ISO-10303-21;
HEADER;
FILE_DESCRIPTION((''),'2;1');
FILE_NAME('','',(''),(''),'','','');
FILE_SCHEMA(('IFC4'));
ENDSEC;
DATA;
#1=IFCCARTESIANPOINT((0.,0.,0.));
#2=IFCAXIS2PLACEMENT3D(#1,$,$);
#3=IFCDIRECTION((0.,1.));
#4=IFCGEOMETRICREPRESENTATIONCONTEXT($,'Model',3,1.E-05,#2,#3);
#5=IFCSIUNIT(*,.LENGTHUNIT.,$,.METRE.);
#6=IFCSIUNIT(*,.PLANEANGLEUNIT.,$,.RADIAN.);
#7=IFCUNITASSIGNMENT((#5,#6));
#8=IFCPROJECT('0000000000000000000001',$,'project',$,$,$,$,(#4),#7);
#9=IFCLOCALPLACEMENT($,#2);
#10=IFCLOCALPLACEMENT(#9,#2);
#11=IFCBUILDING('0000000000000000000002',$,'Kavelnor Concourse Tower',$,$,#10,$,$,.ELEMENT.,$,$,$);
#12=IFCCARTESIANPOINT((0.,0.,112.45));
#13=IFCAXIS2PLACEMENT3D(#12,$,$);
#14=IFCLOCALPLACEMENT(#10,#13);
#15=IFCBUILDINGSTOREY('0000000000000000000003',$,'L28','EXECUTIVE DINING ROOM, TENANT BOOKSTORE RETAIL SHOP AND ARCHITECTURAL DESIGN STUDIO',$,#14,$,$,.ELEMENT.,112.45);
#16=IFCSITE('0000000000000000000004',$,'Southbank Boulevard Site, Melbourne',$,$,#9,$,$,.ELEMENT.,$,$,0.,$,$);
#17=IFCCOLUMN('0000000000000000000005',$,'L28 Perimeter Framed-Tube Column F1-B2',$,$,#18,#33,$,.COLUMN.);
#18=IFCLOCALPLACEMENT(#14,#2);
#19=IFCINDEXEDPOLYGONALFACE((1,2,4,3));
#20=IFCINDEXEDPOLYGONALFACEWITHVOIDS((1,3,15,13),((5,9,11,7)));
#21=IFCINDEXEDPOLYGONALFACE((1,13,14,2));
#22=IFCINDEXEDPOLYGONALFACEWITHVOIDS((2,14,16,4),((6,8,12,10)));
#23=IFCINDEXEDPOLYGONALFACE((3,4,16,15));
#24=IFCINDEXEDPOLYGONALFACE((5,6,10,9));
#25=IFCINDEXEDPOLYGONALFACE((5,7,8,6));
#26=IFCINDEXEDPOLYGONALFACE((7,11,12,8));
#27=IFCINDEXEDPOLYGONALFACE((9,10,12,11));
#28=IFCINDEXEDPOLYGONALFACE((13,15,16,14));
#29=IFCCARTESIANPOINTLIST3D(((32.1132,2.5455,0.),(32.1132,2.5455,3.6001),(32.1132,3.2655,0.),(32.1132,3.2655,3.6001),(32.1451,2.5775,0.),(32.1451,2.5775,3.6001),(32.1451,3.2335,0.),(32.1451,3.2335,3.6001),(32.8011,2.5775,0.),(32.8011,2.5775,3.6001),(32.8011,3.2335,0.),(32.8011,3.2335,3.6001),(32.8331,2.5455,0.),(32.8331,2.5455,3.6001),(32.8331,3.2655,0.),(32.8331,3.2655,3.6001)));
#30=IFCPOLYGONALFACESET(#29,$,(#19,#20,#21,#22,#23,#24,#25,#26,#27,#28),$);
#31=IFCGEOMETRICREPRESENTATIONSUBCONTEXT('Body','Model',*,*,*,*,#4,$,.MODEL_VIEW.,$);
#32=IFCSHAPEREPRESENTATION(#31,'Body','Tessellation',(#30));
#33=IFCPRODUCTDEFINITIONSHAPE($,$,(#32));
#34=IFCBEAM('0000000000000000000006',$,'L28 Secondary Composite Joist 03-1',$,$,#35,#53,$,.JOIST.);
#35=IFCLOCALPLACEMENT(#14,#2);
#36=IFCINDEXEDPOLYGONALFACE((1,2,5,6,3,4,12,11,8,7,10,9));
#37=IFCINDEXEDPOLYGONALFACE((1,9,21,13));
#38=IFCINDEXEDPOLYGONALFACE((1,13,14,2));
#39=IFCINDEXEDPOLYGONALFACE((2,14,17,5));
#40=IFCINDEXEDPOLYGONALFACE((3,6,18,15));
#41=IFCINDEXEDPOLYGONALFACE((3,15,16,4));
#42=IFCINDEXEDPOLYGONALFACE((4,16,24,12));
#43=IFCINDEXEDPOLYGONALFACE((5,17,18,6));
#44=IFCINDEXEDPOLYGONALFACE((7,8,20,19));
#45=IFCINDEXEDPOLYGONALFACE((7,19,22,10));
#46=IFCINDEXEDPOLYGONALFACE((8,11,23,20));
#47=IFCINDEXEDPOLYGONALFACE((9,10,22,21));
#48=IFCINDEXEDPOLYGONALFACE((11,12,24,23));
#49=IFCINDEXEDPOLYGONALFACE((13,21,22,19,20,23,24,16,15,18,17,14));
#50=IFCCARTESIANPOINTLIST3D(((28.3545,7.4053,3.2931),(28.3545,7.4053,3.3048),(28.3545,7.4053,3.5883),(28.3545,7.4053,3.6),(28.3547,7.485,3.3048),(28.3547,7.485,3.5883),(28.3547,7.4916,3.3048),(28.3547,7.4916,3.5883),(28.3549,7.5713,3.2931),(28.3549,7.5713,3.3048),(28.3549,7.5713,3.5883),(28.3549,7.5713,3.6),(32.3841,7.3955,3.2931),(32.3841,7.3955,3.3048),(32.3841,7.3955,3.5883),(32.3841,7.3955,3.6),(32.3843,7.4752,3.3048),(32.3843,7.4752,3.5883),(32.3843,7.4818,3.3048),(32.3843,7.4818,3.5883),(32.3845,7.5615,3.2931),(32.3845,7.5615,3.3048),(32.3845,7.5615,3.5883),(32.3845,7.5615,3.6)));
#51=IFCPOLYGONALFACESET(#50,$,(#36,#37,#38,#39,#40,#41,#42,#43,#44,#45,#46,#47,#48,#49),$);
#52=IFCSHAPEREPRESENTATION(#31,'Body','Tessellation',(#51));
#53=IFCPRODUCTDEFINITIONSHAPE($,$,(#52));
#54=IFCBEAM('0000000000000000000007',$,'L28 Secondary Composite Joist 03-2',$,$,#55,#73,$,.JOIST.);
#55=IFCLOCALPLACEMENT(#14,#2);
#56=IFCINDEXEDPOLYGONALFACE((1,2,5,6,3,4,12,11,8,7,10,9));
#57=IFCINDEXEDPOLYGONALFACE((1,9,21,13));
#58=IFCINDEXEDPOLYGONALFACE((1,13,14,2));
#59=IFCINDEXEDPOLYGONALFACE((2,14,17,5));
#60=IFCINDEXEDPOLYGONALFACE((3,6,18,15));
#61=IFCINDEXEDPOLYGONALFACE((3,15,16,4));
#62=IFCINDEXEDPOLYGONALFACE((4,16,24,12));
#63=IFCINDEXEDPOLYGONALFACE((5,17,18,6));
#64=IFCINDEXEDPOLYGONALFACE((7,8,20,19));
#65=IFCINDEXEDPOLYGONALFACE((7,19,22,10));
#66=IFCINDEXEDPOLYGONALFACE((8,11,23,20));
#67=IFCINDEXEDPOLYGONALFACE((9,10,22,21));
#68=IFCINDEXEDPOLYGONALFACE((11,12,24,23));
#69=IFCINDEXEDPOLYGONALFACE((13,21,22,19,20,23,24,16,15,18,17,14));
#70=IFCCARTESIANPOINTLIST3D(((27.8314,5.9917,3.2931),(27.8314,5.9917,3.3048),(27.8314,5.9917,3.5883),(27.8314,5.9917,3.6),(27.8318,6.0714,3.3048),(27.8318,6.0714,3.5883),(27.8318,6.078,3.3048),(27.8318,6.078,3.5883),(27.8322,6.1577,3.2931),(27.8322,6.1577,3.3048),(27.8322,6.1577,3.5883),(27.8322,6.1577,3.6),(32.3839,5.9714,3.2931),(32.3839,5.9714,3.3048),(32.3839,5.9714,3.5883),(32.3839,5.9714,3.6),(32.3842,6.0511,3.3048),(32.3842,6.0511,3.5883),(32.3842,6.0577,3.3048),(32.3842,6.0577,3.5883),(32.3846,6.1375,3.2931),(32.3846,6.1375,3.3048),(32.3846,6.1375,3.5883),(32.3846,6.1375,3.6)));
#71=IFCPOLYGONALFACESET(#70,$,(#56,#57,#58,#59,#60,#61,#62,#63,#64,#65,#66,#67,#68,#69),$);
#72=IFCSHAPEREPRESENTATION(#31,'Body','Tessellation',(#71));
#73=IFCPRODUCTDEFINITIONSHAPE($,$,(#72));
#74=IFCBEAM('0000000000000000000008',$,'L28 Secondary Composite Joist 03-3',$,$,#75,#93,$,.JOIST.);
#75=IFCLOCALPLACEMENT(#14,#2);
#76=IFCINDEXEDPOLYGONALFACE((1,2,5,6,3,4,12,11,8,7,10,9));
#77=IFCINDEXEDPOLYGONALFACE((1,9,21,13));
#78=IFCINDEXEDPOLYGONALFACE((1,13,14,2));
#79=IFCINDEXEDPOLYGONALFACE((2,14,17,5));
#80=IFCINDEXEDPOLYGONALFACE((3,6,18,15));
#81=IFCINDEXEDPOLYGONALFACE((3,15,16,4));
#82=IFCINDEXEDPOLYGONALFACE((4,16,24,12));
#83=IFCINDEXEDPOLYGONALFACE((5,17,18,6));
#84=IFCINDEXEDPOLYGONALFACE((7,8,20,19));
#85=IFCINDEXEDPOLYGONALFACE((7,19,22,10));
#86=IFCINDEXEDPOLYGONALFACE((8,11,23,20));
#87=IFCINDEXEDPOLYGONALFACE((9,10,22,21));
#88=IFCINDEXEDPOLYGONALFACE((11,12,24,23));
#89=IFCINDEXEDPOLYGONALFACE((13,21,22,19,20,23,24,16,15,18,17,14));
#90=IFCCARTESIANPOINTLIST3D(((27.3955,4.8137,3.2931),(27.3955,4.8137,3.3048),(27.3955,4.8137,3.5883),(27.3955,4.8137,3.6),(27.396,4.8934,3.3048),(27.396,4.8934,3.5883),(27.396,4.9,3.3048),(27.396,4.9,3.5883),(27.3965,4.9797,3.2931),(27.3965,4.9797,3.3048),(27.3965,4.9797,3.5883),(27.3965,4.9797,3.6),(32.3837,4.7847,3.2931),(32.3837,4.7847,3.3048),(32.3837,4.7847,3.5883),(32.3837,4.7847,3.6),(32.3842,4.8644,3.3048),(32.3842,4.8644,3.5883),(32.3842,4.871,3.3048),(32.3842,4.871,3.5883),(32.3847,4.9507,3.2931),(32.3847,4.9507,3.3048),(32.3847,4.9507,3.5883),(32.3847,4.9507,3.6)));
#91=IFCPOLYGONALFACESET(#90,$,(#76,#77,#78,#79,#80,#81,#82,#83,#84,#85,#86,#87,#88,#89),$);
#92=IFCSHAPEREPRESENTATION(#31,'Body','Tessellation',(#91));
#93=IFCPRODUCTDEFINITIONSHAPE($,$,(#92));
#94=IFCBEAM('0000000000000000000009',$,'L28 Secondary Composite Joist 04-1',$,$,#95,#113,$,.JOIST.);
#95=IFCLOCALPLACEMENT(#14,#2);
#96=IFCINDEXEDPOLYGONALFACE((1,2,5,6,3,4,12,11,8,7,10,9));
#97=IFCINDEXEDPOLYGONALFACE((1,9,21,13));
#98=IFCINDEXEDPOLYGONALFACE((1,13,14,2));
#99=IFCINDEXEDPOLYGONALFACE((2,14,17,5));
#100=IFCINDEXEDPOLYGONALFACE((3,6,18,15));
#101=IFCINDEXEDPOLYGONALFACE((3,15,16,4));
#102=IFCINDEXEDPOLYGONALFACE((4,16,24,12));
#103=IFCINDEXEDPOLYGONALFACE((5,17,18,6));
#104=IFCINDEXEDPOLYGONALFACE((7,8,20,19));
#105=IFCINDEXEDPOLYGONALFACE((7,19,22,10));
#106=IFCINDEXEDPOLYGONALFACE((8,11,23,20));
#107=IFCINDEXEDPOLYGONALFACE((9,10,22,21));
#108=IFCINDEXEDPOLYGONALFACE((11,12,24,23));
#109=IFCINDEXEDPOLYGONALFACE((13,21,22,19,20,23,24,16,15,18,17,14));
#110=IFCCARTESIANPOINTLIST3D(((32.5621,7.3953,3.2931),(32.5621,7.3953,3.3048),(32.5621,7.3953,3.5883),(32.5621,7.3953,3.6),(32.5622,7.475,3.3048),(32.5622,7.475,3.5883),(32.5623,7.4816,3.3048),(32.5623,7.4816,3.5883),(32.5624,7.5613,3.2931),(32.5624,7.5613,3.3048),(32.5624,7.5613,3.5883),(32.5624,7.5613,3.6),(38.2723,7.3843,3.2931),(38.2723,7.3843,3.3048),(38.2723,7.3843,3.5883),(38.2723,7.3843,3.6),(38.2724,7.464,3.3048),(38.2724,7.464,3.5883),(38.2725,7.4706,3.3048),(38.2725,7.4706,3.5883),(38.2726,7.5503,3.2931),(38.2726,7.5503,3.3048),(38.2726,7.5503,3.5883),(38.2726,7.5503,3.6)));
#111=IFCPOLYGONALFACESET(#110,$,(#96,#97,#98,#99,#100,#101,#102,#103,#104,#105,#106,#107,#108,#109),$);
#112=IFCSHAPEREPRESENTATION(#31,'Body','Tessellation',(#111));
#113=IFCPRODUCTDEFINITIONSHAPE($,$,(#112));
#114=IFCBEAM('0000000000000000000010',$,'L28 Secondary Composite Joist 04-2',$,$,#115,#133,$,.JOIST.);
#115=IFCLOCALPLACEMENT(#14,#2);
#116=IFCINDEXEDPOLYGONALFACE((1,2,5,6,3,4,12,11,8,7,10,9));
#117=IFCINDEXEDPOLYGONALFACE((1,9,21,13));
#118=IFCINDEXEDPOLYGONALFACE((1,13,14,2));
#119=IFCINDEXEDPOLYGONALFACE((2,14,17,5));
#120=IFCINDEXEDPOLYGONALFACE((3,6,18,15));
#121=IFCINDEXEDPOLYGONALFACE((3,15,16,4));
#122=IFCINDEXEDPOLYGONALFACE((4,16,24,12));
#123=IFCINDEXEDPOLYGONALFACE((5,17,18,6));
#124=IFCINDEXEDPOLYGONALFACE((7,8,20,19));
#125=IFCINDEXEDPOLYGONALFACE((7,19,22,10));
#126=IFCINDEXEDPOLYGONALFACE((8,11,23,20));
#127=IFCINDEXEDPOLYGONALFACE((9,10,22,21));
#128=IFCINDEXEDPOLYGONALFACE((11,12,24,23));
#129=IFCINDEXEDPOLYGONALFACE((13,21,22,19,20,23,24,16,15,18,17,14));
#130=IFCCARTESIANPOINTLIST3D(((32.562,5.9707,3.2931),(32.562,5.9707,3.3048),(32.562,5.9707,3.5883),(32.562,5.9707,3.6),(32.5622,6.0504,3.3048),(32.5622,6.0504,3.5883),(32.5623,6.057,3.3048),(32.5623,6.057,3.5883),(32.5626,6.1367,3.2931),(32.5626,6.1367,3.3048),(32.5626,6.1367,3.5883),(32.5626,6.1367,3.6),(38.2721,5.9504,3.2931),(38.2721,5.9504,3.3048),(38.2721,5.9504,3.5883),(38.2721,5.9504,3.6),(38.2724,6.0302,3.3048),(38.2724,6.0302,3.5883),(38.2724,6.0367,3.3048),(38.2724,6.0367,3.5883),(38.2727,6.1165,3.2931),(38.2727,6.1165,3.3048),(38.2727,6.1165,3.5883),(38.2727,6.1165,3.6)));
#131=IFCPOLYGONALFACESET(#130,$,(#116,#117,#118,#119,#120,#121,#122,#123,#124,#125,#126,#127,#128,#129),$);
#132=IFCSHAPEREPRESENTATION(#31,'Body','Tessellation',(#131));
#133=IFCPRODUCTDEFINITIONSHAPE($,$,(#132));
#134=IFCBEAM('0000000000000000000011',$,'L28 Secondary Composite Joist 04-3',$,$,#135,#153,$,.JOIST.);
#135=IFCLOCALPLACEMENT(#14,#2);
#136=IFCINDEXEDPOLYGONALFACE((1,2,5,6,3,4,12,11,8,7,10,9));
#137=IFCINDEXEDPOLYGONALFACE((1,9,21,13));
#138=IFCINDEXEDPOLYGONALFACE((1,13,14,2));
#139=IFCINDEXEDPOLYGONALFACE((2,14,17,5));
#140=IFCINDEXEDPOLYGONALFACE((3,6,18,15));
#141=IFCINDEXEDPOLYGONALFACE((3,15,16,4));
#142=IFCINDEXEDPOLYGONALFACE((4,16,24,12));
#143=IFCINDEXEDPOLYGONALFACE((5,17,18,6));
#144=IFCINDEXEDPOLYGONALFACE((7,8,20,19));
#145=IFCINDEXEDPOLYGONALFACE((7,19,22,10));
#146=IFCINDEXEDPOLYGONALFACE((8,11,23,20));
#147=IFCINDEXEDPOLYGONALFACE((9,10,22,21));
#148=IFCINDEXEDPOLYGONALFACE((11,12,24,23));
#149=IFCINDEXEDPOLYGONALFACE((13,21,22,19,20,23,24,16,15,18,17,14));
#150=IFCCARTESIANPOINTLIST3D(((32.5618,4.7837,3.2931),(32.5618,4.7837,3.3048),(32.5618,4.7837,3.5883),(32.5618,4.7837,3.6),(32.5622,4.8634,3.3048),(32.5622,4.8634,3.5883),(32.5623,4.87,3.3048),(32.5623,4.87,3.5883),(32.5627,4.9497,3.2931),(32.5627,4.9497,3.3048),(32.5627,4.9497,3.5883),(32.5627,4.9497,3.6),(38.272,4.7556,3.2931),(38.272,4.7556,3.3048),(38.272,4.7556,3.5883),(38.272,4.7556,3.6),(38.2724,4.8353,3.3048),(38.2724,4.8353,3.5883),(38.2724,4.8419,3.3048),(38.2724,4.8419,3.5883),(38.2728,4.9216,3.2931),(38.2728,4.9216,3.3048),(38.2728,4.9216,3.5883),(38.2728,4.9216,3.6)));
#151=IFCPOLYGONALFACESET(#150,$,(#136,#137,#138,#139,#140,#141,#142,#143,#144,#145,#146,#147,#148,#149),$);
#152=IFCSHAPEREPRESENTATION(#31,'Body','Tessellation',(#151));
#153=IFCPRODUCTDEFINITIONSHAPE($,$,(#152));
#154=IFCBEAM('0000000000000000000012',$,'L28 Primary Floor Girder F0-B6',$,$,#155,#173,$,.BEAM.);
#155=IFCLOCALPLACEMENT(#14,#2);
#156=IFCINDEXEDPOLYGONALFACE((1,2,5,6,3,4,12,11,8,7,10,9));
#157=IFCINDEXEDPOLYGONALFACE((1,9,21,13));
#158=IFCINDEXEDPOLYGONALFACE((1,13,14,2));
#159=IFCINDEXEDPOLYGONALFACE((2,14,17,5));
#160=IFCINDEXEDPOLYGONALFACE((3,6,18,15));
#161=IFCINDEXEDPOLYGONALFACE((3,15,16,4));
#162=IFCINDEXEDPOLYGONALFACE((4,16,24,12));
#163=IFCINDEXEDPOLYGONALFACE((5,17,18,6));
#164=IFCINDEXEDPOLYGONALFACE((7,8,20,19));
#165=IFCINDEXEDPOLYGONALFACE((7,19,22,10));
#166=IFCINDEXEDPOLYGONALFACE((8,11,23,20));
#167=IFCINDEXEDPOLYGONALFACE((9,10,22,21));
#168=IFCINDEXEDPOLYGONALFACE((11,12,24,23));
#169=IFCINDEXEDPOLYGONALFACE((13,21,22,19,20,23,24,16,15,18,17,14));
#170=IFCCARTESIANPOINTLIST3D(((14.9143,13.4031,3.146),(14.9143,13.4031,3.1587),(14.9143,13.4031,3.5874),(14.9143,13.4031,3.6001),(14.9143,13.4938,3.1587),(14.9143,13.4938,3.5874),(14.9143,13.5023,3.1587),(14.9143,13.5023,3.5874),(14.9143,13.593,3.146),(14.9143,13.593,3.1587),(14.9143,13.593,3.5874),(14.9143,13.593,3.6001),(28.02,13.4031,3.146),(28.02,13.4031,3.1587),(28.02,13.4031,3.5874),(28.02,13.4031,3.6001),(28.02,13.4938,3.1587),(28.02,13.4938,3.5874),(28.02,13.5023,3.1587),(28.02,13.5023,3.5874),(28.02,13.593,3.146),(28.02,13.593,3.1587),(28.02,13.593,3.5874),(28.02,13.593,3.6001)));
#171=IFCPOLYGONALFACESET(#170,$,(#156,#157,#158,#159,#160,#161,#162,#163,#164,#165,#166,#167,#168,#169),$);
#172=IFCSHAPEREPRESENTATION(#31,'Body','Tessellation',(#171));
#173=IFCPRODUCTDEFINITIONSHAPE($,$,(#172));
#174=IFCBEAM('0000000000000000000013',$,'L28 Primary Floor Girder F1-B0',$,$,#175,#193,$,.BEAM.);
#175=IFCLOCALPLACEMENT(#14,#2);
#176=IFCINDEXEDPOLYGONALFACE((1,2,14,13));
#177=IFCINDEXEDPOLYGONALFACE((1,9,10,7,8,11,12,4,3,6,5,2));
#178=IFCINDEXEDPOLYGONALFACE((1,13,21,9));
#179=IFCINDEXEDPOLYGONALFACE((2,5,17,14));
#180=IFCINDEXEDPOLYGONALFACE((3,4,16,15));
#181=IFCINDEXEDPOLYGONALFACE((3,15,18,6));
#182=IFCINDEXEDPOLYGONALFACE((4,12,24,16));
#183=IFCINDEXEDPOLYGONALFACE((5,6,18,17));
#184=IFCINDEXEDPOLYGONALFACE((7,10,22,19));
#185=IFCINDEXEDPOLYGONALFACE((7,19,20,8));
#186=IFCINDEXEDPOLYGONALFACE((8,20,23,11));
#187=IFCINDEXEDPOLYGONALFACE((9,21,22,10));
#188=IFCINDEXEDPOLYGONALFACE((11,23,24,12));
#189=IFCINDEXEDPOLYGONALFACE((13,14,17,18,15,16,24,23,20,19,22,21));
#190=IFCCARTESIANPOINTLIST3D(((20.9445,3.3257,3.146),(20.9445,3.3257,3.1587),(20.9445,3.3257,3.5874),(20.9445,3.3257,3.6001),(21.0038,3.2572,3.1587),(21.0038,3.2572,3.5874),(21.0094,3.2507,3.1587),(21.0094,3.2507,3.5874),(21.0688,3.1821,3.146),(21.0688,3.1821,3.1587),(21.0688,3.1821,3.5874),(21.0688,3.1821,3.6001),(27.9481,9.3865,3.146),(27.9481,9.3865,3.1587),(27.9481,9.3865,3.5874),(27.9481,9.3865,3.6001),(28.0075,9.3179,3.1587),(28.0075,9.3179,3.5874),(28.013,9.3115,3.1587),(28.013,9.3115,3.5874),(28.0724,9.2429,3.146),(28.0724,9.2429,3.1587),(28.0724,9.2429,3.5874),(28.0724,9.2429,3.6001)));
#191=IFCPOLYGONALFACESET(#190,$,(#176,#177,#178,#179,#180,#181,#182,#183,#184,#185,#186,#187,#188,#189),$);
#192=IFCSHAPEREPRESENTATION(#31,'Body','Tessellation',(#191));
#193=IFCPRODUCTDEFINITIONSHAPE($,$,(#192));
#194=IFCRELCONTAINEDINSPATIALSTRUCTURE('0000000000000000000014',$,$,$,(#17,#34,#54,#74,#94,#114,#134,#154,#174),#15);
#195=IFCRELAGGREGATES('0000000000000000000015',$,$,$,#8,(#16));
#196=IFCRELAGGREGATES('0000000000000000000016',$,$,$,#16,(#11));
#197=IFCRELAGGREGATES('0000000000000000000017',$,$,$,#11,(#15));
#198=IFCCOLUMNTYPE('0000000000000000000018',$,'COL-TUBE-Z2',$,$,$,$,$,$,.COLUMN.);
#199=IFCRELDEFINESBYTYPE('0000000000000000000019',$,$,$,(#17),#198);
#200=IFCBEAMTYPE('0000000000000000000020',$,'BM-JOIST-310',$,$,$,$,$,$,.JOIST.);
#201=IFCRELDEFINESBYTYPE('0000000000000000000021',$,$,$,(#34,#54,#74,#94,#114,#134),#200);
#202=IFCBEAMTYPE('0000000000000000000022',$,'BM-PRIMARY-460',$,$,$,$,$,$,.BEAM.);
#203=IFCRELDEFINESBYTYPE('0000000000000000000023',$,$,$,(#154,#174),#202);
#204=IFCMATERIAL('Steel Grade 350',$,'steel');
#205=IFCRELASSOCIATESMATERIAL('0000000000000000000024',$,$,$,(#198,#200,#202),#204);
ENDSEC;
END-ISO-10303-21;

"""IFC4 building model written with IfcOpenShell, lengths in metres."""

from ifc_helpers import new_model, si_unit, direction, frame, origin, origin_2d, place, context, subcontext, project, spatial, hollow_rectangle, i_section, extrude, material, material_profile, profile_set, type_object, element, save


model = new_model("IFC4")

# Units and contexts
model_context = context("Model", 3, precision=1e-05, world=origin(), true_north=direction((0.0, 1.0)))
body_context = subcontext(model_context, "Body", "Model", "MODEL_VIEW")
ifc_project = project(units=[si_unit("LENGTHUNIT", "METRE"), si_unit("PLANEANGLEUNIT", "RADIAN")], contexts=[model_context])

# Site, building, storey
site_placement = place(None, origin())
site = spatial("IfcSite", under=ifc_project, at=site_placement, Name="Southbank Boulevard Site, Melbourne", CompositionType="ELEMENT", RefElevation=0.0)
building_placement = place(site_placement, origin())
building = spatial("IfcBuilding", under=site, at=building_placement, Name="Kavelnor Concourse Tower", CompositionType="ELEMENT")
storey_placement = place(building_placement, frame((0.0, 0.0, 112.45)))
storey = spatial("IfcBuildingStorey", under=building, at=storey_placement, Name="L28", Description="EXECUTIVE DINING ROOM, TENANT BOOKSTORE RETAIL SHOP AND ARCHITECTURAL DESIGN STUDIO", CompositionType="ELEMENT", Elevation=112.45)

# Column
ifc_material_1 = material(Name="Steel Grade 350", Category="steel")
ifc_material_profile_1 = material_profile(ifc_material_1, hollow_rectangle(XDim=0.72, YDim=0.72, WallThickness=0.032, at=origin_2d()), Name="SHS 720x720x32")
ifc_profile_set_1 = profile_set([ifc_material_profile_1], Name="Steel Grade 350")
column_type = type_object("IfcColumnType", Name="COL-TUBE-Z2", PredefinedType="COLUMN", material=ifc_profile_set_1)
column_placement = place(storey_placement, frame((32.4731, 2.9055, 0.0), z_axis=(0.0, 0.0, 1.0), x_axis=(1.0, 0.0, 0.0)))
element("IfcColumn", 1, at=column_placement, inside=storey, type_object=column_type, Name="L28 Perimeter Framed-Tube Column F1-B2", PredefinedType="COLUMN", context=body_context, shape_type="SweptSolid", body=[
    extrude(hollow_rectangle(XDim=0.72, YDim=0.72, WallThickness=0.032, at=origin_2d()), origin(), (0.0, 0.0, 1.0), 3.6001),
])

# Beams
ifc_material_profile_2 = material_profile(ifc_material_1, i_section(OverallWidth=0.166, OverallDepth=0.3069, WebThickness=0.0066, FlangeThickness=0.0117, at=origin_2d()), Name="310UB46")
ifc_profile_set_2 = profile_set([ifc_material_profile_2], Name="Steel Grade 350")
beam_type_1 = type_object("IfcBeamType", Name="BM-JOIST-310", PredefinedType="JOIST", material=ifc_profile_set_2)
beam_1_placement = place(storey_placement, frame((28.3547, 7.4883, 3.4465), z_axis=(0.999997, -0.002424, 0.0), x_axis=(0.002424, 0.999997, 0.0)))
element("IfcBeam", 2, at=beam_1_placement, inside=storey, type_object=beam_type_1, Name="L28 Secondary Composite Joist 03-1", PredefinedType="JOIST", context=body_context, shape_type="SweptSolid", body=[
    extrude(i_section(OverallWidth=0.166, OverallDepth=0.3069, WebThickness=0.0066, FlangeThickness=0.0117, at=origin_2d()), origin(), (0.0, 0.0, 1.0), 4.0295),
])
beam_2_placement = place(storey_placement, frame((27.8318, 6.0747, 3.4465), z_axis=(0.99999, -0.004451, 0.0), x_axis=(0.004451, 0.99999, 0.0)))
element("IfcBeam", 3, at=beam_2_placement, inside=storey, type_object=beam_type_1, Name="L28 Secondary Composite Joist 03-2", PredefinedType="JOIST", context=body_context, shape_type="SweptSolid", body=[
    extrude(i_section(OverallWidth=0.166, OverallDepth=0.3069, WebThickness=0.0066, FlangeThickness=0.0117, at=origin_2d()), origin(), (0.0, 0.0, 1.0), 4.5525),
])
beam_3_placement = place(storey_placement, frame((27.396, 4.8967, 3.4465), z_axis=(0.999983, -0.005824, 0.0), x_axis=(0.005824, 0.999983, 0.0)))
element("IfcBeam", 4, at=beam_3_placement, inside=storey, type_object=beam_type_1, Name="L28 Secondary Composite Joist 03-3", PredefinedType="JOIST", context=body_context, shape_type="SweptSolid", body=[
    extrude(i_section(OverallWidth=0.166, OverallDepth=0.3069, WebThickness=0.0066, FlangeThickness=0.0117, at=origin_2d()), origin(), (0.0, 0.0, 1.0), 4.9883),
])
for number, where, z_axis, x_axis, name in (
    (5, (32.5623, 7.4783, 3.4465), (0.999998, -0.001924, 0.0), (0.001924, 0.999998, 0.0), "L28 Secondary Composite Joist 04-1"),
    (6, (32.5623, 6.0537, 3.4465), (0.999994, -0.003549, 0.0), (0.003549, 0.999994, 0.0), "L28 Secondary Composite Joist 04-2"),
    (7, (32.5623, 4.8667, 3.4465), (0.999988, -0.004917, 0.0), (0.004917, 0.999988, 0.0), "L28 Secondary Composite Joist 04-3"),
):
    element("IfcBeam", number, at=place(storey_placement, frame(where, z_axis=z_axis, x_axis=x_axis)), inside=storey, type_object=beam_type_1, Name=name, PredefinedType="JOIST", context=body_context, shape_type="SweptSolid", body=[
        extrude(i_section(OverallWidth=0.166, OverallDepth=0.3069, WebThickness=0.0066, FlangeThickness=0.0117, at=origin_2d()), origin(), (0.0, 0.0, 1.0), 5.7102),
    ])
ifc_material_profile_3 = material_profile(ifc_material_1, i_section(OverallWidth=0.1899, OverallDepth=0.4541, WebThickness=0.0085, FlangeThickness=0.0127, at=origin_2d()), Name="460UB67")
ifc_profile_set_3 = profile_set([ifc_material_profile_3], Name="Steel Grade 350")
beam_type_2 = type_object("IfcBeamType", Name="BM-PRIMARY-460", PredefinedType="BEAM", material=ifc_profile_set_3)
beam_4_placement = place(storey_placement, frame((28.02, 13.498, 3.373), z_axis=(-1.0, 0.0, 0.0), x_axis=(0.0, -1.0, 0.0)))
element("IfcBeam", 8, at=beam_4_placement, inside=storey, type_object=beam_type_2, Name="L28 Primary Floor Girder F0-B6", PredefinedType="BEAM", context=body_context, shape_type="SweptSolid", body=[
    extrude(i_section(OverallWidth=0.1899, OverallDepth=0.4541, WebThickness=0.0085, FlangeThickness=0.0127, at=origin_2d()), origin(), (0.0, 0.0, 1.0), 13.1057),
])
beam_5_placement = place(storey_placement, frame((28.0103, 9.3147, 3.373), z_axis=(-0.756172, -0.654372, 0.0), x_axis=(0.654372, -0.756172, 0.0)))
element("IfcBeam", 9, at=beam_5_placement, inside=storey, type_object=beam_type_2, Name="L28 Primary Floor Girder F1-B0", PredefinedType="BEAM", context=body_context, shape_type="SweptSolid", body=[
    extrude(i_section(OverallWidth=0.1899, OverallDepth=0.4541, WebThickness=0.0085, FlangeThickness=0.0127, at=origin_2d()), origin(), (0.0, 0.0, 1.0), 9.262),
])

save(model, "model.ifc")
